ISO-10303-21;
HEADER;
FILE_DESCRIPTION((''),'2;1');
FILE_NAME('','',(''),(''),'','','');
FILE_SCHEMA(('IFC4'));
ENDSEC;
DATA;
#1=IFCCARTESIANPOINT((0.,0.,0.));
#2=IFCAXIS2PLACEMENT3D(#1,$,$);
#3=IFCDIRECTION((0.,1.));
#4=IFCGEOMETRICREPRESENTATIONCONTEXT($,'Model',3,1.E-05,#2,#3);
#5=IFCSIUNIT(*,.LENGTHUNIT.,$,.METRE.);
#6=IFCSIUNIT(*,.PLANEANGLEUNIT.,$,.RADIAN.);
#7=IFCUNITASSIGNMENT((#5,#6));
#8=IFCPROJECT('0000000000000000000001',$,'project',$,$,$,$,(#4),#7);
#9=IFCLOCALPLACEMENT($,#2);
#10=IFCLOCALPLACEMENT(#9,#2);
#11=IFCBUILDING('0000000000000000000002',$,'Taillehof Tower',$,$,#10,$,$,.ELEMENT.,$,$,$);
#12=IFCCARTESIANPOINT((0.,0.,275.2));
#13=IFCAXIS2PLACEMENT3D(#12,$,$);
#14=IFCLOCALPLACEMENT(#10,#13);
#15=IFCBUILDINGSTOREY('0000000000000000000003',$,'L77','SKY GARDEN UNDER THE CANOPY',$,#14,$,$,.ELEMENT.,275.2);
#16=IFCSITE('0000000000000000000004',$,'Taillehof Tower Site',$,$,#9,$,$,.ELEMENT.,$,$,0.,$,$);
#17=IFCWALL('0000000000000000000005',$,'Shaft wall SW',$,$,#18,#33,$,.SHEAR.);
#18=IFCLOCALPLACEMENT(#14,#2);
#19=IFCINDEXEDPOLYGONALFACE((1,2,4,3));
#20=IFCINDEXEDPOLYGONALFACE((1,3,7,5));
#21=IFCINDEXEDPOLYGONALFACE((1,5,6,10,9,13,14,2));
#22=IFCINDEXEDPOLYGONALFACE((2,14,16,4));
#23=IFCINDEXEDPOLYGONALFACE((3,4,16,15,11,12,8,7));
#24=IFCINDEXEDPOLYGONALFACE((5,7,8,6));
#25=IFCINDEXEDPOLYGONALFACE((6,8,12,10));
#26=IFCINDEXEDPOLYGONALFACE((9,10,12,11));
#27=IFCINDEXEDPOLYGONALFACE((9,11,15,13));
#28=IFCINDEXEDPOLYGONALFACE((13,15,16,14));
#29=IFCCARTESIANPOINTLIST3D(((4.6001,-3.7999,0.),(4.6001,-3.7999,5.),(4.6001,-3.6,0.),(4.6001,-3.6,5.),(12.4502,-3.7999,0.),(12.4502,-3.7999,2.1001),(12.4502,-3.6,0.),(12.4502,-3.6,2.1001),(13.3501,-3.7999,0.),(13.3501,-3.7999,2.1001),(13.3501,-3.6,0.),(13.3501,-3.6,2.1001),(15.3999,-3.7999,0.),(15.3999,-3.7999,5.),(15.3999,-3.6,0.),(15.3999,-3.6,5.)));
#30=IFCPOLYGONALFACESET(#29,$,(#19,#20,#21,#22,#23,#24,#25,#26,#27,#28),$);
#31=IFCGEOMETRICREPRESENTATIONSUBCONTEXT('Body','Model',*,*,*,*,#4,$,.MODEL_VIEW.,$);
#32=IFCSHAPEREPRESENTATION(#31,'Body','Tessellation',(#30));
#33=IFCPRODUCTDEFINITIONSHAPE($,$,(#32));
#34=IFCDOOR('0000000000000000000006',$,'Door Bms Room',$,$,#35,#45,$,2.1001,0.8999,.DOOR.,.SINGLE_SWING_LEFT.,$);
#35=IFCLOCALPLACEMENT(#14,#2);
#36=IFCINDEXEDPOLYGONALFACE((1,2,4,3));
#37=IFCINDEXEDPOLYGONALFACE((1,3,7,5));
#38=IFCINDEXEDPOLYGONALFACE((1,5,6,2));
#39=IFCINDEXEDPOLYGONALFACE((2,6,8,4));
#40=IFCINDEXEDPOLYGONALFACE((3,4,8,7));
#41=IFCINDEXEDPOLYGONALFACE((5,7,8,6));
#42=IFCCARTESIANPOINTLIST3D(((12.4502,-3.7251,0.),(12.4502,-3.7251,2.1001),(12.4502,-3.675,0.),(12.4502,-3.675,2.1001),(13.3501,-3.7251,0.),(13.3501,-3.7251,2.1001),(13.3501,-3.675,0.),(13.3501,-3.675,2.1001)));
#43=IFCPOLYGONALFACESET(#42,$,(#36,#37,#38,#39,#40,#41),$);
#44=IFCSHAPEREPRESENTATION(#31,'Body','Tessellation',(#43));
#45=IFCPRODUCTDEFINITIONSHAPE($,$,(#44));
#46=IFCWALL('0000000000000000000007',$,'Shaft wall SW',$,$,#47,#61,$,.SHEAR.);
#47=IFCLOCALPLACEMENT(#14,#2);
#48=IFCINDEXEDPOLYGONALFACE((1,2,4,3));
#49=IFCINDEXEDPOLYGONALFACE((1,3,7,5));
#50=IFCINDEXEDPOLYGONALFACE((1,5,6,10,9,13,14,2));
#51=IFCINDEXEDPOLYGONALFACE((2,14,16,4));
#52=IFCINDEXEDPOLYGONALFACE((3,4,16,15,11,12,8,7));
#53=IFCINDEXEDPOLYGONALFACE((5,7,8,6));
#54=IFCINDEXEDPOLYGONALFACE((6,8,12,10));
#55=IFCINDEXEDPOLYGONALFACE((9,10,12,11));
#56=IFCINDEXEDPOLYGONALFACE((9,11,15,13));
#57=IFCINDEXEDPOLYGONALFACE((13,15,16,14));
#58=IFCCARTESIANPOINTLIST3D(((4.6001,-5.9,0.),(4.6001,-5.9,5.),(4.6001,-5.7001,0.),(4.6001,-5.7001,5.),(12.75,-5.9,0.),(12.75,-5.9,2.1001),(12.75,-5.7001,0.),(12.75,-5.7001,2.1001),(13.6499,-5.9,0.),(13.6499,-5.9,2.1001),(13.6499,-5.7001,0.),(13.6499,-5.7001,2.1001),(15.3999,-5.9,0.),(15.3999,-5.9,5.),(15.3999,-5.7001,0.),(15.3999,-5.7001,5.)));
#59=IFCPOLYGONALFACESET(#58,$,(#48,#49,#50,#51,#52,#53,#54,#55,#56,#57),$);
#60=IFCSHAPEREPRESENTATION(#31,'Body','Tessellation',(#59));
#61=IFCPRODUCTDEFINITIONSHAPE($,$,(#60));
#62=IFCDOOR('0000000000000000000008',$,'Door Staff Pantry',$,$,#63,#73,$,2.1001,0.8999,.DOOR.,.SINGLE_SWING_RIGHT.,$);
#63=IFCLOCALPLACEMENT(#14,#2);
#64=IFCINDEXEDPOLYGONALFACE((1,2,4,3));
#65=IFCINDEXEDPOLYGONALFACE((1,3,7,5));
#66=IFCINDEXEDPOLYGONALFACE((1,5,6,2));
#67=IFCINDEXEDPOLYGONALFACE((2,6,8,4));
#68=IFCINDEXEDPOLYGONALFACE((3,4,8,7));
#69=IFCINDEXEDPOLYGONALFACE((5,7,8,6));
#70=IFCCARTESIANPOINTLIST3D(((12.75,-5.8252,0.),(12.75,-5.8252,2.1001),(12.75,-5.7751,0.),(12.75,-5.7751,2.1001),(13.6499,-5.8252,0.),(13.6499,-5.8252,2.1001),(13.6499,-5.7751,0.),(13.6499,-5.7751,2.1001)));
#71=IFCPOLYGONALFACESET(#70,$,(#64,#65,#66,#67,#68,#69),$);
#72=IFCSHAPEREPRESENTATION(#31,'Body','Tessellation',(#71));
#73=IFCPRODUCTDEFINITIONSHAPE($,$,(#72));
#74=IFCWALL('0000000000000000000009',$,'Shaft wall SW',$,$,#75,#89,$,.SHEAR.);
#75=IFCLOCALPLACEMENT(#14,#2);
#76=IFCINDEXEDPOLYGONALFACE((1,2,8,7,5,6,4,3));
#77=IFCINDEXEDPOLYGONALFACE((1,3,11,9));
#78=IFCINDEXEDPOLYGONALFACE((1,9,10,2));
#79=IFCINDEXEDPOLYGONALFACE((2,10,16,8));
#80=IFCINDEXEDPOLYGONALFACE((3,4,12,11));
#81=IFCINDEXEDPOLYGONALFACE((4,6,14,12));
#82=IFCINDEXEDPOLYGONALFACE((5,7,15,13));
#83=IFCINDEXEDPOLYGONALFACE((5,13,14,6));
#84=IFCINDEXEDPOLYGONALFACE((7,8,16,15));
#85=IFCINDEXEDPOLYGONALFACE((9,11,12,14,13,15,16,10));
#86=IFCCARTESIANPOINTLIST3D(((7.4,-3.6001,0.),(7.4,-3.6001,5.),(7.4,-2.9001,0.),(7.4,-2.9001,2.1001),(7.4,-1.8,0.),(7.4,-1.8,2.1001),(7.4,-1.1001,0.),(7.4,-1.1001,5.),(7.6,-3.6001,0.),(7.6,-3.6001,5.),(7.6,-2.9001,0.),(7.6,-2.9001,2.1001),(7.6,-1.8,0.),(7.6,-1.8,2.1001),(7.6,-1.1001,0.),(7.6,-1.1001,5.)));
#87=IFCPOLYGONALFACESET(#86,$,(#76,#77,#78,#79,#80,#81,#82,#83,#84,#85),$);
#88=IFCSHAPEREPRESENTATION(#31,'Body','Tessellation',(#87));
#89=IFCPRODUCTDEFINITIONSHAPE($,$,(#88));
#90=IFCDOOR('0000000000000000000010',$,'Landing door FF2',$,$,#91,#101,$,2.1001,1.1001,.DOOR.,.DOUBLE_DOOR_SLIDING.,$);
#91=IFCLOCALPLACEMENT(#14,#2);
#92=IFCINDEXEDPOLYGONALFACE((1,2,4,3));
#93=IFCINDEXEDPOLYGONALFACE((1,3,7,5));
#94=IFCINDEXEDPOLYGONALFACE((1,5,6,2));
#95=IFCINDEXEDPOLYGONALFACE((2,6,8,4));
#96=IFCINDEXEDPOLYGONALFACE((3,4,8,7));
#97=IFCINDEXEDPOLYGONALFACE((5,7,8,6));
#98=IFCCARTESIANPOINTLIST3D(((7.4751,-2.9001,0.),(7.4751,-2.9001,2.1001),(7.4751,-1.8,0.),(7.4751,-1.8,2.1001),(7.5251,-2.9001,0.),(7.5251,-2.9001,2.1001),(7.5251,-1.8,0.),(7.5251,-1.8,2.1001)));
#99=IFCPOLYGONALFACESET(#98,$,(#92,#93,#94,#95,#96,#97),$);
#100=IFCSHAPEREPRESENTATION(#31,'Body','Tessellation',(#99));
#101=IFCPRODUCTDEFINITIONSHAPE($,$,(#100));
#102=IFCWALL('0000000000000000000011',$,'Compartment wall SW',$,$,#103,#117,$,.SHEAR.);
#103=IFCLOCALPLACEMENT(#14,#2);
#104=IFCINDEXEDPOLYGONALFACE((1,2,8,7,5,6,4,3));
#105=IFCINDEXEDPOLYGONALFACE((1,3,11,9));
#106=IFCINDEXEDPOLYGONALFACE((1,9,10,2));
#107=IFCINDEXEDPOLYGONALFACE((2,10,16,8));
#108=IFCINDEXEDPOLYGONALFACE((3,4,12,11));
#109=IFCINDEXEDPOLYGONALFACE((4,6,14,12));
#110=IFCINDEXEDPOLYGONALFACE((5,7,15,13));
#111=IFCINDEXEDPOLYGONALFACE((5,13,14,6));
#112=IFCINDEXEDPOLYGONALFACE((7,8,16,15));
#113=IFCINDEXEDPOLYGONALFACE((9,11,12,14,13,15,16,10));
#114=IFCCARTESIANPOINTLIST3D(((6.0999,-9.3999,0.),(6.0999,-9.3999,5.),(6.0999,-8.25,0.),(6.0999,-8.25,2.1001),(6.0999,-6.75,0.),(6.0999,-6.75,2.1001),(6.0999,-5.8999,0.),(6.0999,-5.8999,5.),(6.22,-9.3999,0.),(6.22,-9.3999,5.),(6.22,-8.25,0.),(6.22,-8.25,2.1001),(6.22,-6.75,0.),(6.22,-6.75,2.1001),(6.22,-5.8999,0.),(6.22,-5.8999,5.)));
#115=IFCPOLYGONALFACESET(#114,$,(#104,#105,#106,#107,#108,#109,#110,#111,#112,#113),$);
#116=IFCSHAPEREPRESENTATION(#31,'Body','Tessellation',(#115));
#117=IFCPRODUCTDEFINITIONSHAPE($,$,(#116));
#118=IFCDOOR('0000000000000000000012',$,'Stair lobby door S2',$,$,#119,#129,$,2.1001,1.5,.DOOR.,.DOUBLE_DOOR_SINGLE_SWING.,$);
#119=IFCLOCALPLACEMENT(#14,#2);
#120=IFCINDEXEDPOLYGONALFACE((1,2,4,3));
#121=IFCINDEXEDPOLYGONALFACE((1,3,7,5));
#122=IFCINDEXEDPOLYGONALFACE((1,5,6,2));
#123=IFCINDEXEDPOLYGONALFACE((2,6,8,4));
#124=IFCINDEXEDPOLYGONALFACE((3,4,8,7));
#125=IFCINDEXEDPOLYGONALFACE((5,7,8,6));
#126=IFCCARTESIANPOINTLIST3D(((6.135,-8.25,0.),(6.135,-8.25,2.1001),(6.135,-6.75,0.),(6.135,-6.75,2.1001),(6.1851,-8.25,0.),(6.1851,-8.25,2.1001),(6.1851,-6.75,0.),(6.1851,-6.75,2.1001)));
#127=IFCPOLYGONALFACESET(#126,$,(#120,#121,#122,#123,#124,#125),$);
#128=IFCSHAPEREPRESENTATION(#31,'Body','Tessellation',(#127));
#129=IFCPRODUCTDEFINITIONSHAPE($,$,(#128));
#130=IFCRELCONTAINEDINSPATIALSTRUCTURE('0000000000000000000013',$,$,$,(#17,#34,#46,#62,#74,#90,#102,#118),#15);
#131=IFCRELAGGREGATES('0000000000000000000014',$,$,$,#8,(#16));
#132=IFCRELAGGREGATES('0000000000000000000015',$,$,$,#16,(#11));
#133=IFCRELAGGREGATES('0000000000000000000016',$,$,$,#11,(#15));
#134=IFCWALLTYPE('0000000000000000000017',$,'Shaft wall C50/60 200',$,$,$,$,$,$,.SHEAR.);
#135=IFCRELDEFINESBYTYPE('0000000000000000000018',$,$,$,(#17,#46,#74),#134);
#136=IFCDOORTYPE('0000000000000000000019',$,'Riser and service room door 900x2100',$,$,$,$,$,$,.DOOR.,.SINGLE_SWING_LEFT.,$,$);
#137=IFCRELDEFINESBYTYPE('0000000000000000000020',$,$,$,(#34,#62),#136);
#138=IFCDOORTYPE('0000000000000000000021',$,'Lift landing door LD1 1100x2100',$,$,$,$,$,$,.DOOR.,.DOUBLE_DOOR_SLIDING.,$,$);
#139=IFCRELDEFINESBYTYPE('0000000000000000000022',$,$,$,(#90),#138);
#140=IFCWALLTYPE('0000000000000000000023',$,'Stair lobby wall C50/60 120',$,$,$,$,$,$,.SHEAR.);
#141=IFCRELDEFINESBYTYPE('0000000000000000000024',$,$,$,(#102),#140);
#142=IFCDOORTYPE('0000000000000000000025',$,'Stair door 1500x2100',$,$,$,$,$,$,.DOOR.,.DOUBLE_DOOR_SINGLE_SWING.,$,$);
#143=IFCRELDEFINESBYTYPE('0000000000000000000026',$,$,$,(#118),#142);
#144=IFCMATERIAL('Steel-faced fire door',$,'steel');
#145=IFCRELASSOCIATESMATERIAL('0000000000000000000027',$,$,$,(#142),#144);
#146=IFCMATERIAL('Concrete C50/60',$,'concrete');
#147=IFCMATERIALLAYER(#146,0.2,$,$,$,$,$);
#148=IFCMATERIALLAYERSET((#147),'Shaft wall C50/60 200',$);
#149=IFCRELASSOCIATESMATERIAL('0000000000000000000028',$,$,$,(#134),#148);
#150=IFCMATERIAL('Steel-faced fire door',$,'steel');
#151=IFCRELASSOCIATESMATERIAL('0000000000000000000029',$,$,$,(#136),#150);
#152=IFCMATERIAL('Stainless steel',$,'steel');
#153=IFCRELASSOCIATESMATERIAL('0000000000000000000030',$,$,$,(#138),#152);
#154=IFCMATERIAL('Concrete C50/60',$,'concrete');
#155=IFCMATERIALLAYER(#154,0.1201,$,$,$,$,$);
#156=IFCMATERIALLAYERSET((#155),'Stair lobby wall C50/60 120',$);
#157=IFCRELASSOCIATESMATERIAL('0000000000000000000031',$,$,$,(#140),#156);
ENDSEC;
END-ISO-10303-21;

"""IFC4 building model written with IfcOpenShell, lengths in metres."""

from ifc_helpers import new_model, si_unit, direction, frame, frame_2d, origin, place, context, subcontext, project, spatial, rectangle, extrude, material, layer, layer_set, type_object, element, fill, save


model = new_model("IFC4")

# Units and contexts
model_context = context("Model", 3, precision=1e-05, world=origin(), true_north=direction((0.0, 1.0)))
body_context = subcontext(model_context, "Body", "Model", "MODEL_VIEW")
ifc_project = project(units=[si_unit("LENGTHUNIT", "METRE"), si_unit("PLANEANGLEUNIT", "RADIAN")], contexts=[model_context])

# Site, building, storey
site_placement = place(None, origin())
site = spatial("IfcSite", under=ifc_project, at=site_placement, Name="Taillehof Tower Site", CompositionType="ELEMENT", RefElevation=0.0)
building_placement = place(site_placement, origin())
building = spatial("IfcBuilding", under=site, at=building_placement, Name="Taillehof Tower", CompositionType="ELEMENT")
storey_placement = place(building_placement, frame((0.0, 0.0, 275.2)))
storey = spatial("IfcBuildingStorey", under=building, at=storey_placement, Name="L77", Description="SKY GARDEN UNDER THE CANOPY", CompositionType="ELEMENT", Elevation=275.2)

# Shared definitions
ifc_material_1 = material(Name="Steel-faced fire door", Category="steel")
door_type_1 = type_object("IfcDoorType", Name="Stair door 1500x2100", OperationType="DOUBLE_DOOR_SINGLE_SWING", PredefinedType="DOOR", material=ifc_material_1)

# Walls, openings, doors
ifc_material_2 = material(Name="Concrete C50/60", Category="concrete")
ifc_layer_1 = layer(ifc_material_2, 0.2)
ifc_layer_set_1 = layer_set([ifc_layer_1], Name="Shaft wall C50/60 200")
wall_type_1 = type_object("IfcWallType", Name="Shaft wall C50/60 200", PredefinedType="SHEAR", material=ifc_layer_set_1)
wall_1_placement = place(storey_placement, frame((4.6001, -3.7, 0.0), z_axis=(0.0, 0.0, 1.0), x_axis=(1.0, 0.0, 0.0)))
wall_1 = element("IfcWall", 1, at=wall_1_placement, inside=storey, type_object=wall_type_1, Name="Shaft wall SW", PredefinedType="SHEAR", context=body_context, shape_type="SweptSolid", body=[
    extrude(rectangle(XDim=10.7998, YDim=0.2, at=frame_2d((5.3999, 0.0))), origin(), (0.0, 0.0, 1.0), 5.0),
])
opening_1_placement = place(wall_1_placement, frame((7.8501, 0.0, 0.0)))
opening_1 = element("IfcOpeningElement", 2, at=opening_1_placement, cuts=wall_1, PredefinedType="OPENING", context=body_context, shape_type="SweptSolid", body=[
    extrude(rectangle(XDim=0.8999, YDim=2.1001, at=frame_2d((0.45, 1.05))), frame((0.0, 0.1099, 0.0), z_axis=(0.0, -1.0, 0.0), x_axis=(1.0, 0.0, 0.0)), (0.0, 0.0, 1.0), 0.22),
])
ifc_material_3 = material(Name="Steel-faced fire door", Category="steel")
door_type_2 = type_object("IfcDoorType", Name="Riser and service room door 900x2100", OperationType="SINGLE_SWING_LEFT", PredefinedType="DOOR", material=ifc_material_3)
door_1_placement = place(opening_1_placement, origin())
door_1 = element("IfcDoor", 3, at=door_1_placement, inside=storey, type_object=door_type_2, Name="Door Bms Room", OperationType="SINGLE_SWING_LEFT", OverallHeight=2.1001, OverallWidth=0.8999, PredefinedType="DOOR", context=body_context, shape_type="SweptSolid", body=[
    extrude(rectangle(XDim=0.8999, YDim=2.1001, at=frame_2d((0.45, 1.05))), frame((0.0, 0.0249, 0.0), z_axis=(0.0, -1.0, 0.0), x_axis=(1.0, 0.0, 0.0)), (0.0, 0.0, 1.0), 0.05),
])
fill(opening_1, door_1)
wall_2_placement = place(storey_placement, frame((4.6001, -5.8, 0.0), z_axis=(0.0, 0.0, 1.0), x_axis=(1.0, 0.0, 0.0)))
wall_2 = element("IfcWall", 4, at=wall_2_placement, inside=storey, type_object=wall_type_1, Name="Shaft wall SW", PredefinedType="SHEAR", context=body_context, shape_type="SweptSolid", body=[
    extrude(rectangle(XDim=10.7998, YDim=0.2, at=frame_2d((5.3999, 0.0))), origin(), (0.0, 0.0, 1.0), 5.0),
])
opening_2_placement = place(wall_2_placement, frame((8.1499, 0.0, 0.0)))
opening_2 = element("IfcOpeningElement", 5, at=opening_2_placement, cuts=wall_2, PredefinedType="OPENING", context=body_context, shape_type="SweptSolid", body=[
    extrude(rectangle(XDim=0.8999, YDim=2.1001, at=frame_2d((0.45, 1.05))), frame((0.0, 0.1099, 0.0), z_axis=(0.0, -1.0, 0.0), x_axis=(1.0, 0.0, 0.0)), (0.0, 0.0, 1.0), 0.22),
])
door_2_placement = place(opening_2_placement, origin())
door_2 = element("IfcDoor", 6, at=door_2_placement, inside=storey, type_object=door_type_2, Name="Door Staff Pantry", OperationType="SINGLE_SWING_RIGHT", OverallHeight=2.1001, OverallWidth=0.8999, PredefinedType="DOOR", context=body_context, shape_type="SweptSolid", body=[
    extrude(rectangle(XDim=0.8999, YDim=2.1001, at=frame_2d((0.45, 1.05))), frame((0.0, 0.0249, 0.0), z_axis=(0.0, -1.0, 0.0), x_axis=(1.0, 0.0, 0.0)), (0.0, 0.0, 1.0), 0.05),
])
fill(opening_2, door_2)
wall_3_placement = place(storey_placement, frame((7.5, -3.6001, 0.0), z_axis=(0.0, 0.0, 1.0), x_axis=(0.0, 1.0, 0.0)))
wall_3 = element("IfcWall", 7, at=wall_3_placement, inside=storey, type_object=wall_type_1, Name="Shaft wall SW", PredefinedType="SHEAR", context=body_context, shape_type="SweptSolid", body=[
    extrude(rectangle(XDim=2.5, YDim=0.2, at=frame_2d((1.25, 0.0))), origin(), (0.0, 0.0, 1.0), 5.0),
])
opening_3_placement = place(wall_3_placement, frame((0.7, 0.0, 0.0)))
opening_3 = element("IfcOpeningElement", 8, at=opening_3_placement, cuts=wall_3, PredefinedType="OPENING", context=body_context, shape_type="SweptSolid", body=[
    extrude(rectangle(XDim=1.1001, YDim=2.1001, at=frame_2d((0.55, 1.05))), frame((0.0, 0.1099, 0.0), z_axis=(0.0, -1.0, 0.0), x_axis=(1.0, 0.0, 0.0)), (0.0, 0.0, 1.0), 0.22),
])
ifc_material_4 = material(Name="Stainless steel", Category="steel")
door_type_3 = type_object("IfcDoorType", Name="Lift landing door LD1 1100x2100", OperationType="DOUBLE_DOOR_SLIDING", PredefinedType="DOOR", material=ifc_material_4)
door_3_placement = place(opening_3_placement, origin())
door_3 = element("IfcDoor", 9, at=door_3_placement, inside=storey, type_object=door_type_3, Name="Landing door FF2", OperationType="DOUBLE_DOOR_SLIDING", OverallHeight=2.1001, OverallWidth=1.1001, PredefinedType="DOOR", context=body_context, shape_type="SweptSolid", body=[
    extrude(rectangle(XDim=1.1001, YDim=2.1001, at=frame_2d((0.55, 1.05))), frame((0.0, 0.0249, 0.0), z_axis=(0.0, -1.0, 0.0), x_axis=(1.0, 0.0, 0.0)), (0.0, 0.0, 1.0), 0.05),
])
fill(opening_3, door_3)
ifc_material_5 = material(Name="Concrete C50/60", Category="concrete")
ifc_layer_2 = layer(ifc_material_5, 0.1201)
ifc_layer_set_2 = layer_set([ifc_layer_2], Name="Stair lobby wall C50/60 120")
wall_type_2 = type_object("IfcWallType", Name="Stair lobby wall C50/60 120", PredefinedType="SHEAR", material=ifc_layer_set_2)
wall_4_placement = place(storey_placement, frame((6.1599, -9.3999, 0.0), z_axis=(0.0, 0.0, 1.0), x_axis=(0.0, 1.0, 0.0)))
wall_4 = element("IfcWall", 10, at=wall_4_placement, inside=storey, type_object=wall_type_2, Name="Compartment wall SW", PredefinedType="SHEAR", context=body_context, shape_type="SweptSolid", body=[
    extrude(rectangle(XDim=3.5, YDim=0.1201, at=frame_2d((1.75, 0.0))), origin(), (0.0, 0.0, 1.0), 5.0),
])
opening_4_placement = place(wall_4_placement, frame((1.1499, 0.0, 0.0)))
opening_4 = element("IfcOpeningElement", 11, at=opening_4_placement, cuts=wall_4, PredefinedType="OPENING", context=body_context, shape_type="SweptSolid", body=[
    extrude(rectangle(XDim=1.5, YDim=2.1001, at=frame_2d((0.75, 1.05))), frame((0.0, 0.0701, 0.0), z_axis=(0.0, -1.0, 0.0), x_axis=(1.0, 0.0, 0.0)), (0.0, 0.0, 1.0), 0.1401),
])
door_4_placement = place(opening_4_placement, origin())
door_4 = element("IfcDoor", 12, at=door_4_placement, inside=storey, type_object=door_type_1, Name="Stair lobby door S2", OperationType="DOUBLE_DOOR_SINGLE_SWING", OverallHeight=2.1001, OverallWidth=1.5, PredefinedType="DOOR", context=body_context, shape_type="SweptSolid", body=[
    extrude(rectangle(XDim=1.5, YDim=2.1001, at=frame_2d((0.75, 1.05))), frame((0.0, 0.0249, 0.0), z_axis=(0.0, -1.0, 0.0), x_axis=(1.0, 0.0, 0.0)), (0.0, 0.0, 1.0), 0.05),
])
fill(opening_4, door_4)

save(model, "model.ifc")
